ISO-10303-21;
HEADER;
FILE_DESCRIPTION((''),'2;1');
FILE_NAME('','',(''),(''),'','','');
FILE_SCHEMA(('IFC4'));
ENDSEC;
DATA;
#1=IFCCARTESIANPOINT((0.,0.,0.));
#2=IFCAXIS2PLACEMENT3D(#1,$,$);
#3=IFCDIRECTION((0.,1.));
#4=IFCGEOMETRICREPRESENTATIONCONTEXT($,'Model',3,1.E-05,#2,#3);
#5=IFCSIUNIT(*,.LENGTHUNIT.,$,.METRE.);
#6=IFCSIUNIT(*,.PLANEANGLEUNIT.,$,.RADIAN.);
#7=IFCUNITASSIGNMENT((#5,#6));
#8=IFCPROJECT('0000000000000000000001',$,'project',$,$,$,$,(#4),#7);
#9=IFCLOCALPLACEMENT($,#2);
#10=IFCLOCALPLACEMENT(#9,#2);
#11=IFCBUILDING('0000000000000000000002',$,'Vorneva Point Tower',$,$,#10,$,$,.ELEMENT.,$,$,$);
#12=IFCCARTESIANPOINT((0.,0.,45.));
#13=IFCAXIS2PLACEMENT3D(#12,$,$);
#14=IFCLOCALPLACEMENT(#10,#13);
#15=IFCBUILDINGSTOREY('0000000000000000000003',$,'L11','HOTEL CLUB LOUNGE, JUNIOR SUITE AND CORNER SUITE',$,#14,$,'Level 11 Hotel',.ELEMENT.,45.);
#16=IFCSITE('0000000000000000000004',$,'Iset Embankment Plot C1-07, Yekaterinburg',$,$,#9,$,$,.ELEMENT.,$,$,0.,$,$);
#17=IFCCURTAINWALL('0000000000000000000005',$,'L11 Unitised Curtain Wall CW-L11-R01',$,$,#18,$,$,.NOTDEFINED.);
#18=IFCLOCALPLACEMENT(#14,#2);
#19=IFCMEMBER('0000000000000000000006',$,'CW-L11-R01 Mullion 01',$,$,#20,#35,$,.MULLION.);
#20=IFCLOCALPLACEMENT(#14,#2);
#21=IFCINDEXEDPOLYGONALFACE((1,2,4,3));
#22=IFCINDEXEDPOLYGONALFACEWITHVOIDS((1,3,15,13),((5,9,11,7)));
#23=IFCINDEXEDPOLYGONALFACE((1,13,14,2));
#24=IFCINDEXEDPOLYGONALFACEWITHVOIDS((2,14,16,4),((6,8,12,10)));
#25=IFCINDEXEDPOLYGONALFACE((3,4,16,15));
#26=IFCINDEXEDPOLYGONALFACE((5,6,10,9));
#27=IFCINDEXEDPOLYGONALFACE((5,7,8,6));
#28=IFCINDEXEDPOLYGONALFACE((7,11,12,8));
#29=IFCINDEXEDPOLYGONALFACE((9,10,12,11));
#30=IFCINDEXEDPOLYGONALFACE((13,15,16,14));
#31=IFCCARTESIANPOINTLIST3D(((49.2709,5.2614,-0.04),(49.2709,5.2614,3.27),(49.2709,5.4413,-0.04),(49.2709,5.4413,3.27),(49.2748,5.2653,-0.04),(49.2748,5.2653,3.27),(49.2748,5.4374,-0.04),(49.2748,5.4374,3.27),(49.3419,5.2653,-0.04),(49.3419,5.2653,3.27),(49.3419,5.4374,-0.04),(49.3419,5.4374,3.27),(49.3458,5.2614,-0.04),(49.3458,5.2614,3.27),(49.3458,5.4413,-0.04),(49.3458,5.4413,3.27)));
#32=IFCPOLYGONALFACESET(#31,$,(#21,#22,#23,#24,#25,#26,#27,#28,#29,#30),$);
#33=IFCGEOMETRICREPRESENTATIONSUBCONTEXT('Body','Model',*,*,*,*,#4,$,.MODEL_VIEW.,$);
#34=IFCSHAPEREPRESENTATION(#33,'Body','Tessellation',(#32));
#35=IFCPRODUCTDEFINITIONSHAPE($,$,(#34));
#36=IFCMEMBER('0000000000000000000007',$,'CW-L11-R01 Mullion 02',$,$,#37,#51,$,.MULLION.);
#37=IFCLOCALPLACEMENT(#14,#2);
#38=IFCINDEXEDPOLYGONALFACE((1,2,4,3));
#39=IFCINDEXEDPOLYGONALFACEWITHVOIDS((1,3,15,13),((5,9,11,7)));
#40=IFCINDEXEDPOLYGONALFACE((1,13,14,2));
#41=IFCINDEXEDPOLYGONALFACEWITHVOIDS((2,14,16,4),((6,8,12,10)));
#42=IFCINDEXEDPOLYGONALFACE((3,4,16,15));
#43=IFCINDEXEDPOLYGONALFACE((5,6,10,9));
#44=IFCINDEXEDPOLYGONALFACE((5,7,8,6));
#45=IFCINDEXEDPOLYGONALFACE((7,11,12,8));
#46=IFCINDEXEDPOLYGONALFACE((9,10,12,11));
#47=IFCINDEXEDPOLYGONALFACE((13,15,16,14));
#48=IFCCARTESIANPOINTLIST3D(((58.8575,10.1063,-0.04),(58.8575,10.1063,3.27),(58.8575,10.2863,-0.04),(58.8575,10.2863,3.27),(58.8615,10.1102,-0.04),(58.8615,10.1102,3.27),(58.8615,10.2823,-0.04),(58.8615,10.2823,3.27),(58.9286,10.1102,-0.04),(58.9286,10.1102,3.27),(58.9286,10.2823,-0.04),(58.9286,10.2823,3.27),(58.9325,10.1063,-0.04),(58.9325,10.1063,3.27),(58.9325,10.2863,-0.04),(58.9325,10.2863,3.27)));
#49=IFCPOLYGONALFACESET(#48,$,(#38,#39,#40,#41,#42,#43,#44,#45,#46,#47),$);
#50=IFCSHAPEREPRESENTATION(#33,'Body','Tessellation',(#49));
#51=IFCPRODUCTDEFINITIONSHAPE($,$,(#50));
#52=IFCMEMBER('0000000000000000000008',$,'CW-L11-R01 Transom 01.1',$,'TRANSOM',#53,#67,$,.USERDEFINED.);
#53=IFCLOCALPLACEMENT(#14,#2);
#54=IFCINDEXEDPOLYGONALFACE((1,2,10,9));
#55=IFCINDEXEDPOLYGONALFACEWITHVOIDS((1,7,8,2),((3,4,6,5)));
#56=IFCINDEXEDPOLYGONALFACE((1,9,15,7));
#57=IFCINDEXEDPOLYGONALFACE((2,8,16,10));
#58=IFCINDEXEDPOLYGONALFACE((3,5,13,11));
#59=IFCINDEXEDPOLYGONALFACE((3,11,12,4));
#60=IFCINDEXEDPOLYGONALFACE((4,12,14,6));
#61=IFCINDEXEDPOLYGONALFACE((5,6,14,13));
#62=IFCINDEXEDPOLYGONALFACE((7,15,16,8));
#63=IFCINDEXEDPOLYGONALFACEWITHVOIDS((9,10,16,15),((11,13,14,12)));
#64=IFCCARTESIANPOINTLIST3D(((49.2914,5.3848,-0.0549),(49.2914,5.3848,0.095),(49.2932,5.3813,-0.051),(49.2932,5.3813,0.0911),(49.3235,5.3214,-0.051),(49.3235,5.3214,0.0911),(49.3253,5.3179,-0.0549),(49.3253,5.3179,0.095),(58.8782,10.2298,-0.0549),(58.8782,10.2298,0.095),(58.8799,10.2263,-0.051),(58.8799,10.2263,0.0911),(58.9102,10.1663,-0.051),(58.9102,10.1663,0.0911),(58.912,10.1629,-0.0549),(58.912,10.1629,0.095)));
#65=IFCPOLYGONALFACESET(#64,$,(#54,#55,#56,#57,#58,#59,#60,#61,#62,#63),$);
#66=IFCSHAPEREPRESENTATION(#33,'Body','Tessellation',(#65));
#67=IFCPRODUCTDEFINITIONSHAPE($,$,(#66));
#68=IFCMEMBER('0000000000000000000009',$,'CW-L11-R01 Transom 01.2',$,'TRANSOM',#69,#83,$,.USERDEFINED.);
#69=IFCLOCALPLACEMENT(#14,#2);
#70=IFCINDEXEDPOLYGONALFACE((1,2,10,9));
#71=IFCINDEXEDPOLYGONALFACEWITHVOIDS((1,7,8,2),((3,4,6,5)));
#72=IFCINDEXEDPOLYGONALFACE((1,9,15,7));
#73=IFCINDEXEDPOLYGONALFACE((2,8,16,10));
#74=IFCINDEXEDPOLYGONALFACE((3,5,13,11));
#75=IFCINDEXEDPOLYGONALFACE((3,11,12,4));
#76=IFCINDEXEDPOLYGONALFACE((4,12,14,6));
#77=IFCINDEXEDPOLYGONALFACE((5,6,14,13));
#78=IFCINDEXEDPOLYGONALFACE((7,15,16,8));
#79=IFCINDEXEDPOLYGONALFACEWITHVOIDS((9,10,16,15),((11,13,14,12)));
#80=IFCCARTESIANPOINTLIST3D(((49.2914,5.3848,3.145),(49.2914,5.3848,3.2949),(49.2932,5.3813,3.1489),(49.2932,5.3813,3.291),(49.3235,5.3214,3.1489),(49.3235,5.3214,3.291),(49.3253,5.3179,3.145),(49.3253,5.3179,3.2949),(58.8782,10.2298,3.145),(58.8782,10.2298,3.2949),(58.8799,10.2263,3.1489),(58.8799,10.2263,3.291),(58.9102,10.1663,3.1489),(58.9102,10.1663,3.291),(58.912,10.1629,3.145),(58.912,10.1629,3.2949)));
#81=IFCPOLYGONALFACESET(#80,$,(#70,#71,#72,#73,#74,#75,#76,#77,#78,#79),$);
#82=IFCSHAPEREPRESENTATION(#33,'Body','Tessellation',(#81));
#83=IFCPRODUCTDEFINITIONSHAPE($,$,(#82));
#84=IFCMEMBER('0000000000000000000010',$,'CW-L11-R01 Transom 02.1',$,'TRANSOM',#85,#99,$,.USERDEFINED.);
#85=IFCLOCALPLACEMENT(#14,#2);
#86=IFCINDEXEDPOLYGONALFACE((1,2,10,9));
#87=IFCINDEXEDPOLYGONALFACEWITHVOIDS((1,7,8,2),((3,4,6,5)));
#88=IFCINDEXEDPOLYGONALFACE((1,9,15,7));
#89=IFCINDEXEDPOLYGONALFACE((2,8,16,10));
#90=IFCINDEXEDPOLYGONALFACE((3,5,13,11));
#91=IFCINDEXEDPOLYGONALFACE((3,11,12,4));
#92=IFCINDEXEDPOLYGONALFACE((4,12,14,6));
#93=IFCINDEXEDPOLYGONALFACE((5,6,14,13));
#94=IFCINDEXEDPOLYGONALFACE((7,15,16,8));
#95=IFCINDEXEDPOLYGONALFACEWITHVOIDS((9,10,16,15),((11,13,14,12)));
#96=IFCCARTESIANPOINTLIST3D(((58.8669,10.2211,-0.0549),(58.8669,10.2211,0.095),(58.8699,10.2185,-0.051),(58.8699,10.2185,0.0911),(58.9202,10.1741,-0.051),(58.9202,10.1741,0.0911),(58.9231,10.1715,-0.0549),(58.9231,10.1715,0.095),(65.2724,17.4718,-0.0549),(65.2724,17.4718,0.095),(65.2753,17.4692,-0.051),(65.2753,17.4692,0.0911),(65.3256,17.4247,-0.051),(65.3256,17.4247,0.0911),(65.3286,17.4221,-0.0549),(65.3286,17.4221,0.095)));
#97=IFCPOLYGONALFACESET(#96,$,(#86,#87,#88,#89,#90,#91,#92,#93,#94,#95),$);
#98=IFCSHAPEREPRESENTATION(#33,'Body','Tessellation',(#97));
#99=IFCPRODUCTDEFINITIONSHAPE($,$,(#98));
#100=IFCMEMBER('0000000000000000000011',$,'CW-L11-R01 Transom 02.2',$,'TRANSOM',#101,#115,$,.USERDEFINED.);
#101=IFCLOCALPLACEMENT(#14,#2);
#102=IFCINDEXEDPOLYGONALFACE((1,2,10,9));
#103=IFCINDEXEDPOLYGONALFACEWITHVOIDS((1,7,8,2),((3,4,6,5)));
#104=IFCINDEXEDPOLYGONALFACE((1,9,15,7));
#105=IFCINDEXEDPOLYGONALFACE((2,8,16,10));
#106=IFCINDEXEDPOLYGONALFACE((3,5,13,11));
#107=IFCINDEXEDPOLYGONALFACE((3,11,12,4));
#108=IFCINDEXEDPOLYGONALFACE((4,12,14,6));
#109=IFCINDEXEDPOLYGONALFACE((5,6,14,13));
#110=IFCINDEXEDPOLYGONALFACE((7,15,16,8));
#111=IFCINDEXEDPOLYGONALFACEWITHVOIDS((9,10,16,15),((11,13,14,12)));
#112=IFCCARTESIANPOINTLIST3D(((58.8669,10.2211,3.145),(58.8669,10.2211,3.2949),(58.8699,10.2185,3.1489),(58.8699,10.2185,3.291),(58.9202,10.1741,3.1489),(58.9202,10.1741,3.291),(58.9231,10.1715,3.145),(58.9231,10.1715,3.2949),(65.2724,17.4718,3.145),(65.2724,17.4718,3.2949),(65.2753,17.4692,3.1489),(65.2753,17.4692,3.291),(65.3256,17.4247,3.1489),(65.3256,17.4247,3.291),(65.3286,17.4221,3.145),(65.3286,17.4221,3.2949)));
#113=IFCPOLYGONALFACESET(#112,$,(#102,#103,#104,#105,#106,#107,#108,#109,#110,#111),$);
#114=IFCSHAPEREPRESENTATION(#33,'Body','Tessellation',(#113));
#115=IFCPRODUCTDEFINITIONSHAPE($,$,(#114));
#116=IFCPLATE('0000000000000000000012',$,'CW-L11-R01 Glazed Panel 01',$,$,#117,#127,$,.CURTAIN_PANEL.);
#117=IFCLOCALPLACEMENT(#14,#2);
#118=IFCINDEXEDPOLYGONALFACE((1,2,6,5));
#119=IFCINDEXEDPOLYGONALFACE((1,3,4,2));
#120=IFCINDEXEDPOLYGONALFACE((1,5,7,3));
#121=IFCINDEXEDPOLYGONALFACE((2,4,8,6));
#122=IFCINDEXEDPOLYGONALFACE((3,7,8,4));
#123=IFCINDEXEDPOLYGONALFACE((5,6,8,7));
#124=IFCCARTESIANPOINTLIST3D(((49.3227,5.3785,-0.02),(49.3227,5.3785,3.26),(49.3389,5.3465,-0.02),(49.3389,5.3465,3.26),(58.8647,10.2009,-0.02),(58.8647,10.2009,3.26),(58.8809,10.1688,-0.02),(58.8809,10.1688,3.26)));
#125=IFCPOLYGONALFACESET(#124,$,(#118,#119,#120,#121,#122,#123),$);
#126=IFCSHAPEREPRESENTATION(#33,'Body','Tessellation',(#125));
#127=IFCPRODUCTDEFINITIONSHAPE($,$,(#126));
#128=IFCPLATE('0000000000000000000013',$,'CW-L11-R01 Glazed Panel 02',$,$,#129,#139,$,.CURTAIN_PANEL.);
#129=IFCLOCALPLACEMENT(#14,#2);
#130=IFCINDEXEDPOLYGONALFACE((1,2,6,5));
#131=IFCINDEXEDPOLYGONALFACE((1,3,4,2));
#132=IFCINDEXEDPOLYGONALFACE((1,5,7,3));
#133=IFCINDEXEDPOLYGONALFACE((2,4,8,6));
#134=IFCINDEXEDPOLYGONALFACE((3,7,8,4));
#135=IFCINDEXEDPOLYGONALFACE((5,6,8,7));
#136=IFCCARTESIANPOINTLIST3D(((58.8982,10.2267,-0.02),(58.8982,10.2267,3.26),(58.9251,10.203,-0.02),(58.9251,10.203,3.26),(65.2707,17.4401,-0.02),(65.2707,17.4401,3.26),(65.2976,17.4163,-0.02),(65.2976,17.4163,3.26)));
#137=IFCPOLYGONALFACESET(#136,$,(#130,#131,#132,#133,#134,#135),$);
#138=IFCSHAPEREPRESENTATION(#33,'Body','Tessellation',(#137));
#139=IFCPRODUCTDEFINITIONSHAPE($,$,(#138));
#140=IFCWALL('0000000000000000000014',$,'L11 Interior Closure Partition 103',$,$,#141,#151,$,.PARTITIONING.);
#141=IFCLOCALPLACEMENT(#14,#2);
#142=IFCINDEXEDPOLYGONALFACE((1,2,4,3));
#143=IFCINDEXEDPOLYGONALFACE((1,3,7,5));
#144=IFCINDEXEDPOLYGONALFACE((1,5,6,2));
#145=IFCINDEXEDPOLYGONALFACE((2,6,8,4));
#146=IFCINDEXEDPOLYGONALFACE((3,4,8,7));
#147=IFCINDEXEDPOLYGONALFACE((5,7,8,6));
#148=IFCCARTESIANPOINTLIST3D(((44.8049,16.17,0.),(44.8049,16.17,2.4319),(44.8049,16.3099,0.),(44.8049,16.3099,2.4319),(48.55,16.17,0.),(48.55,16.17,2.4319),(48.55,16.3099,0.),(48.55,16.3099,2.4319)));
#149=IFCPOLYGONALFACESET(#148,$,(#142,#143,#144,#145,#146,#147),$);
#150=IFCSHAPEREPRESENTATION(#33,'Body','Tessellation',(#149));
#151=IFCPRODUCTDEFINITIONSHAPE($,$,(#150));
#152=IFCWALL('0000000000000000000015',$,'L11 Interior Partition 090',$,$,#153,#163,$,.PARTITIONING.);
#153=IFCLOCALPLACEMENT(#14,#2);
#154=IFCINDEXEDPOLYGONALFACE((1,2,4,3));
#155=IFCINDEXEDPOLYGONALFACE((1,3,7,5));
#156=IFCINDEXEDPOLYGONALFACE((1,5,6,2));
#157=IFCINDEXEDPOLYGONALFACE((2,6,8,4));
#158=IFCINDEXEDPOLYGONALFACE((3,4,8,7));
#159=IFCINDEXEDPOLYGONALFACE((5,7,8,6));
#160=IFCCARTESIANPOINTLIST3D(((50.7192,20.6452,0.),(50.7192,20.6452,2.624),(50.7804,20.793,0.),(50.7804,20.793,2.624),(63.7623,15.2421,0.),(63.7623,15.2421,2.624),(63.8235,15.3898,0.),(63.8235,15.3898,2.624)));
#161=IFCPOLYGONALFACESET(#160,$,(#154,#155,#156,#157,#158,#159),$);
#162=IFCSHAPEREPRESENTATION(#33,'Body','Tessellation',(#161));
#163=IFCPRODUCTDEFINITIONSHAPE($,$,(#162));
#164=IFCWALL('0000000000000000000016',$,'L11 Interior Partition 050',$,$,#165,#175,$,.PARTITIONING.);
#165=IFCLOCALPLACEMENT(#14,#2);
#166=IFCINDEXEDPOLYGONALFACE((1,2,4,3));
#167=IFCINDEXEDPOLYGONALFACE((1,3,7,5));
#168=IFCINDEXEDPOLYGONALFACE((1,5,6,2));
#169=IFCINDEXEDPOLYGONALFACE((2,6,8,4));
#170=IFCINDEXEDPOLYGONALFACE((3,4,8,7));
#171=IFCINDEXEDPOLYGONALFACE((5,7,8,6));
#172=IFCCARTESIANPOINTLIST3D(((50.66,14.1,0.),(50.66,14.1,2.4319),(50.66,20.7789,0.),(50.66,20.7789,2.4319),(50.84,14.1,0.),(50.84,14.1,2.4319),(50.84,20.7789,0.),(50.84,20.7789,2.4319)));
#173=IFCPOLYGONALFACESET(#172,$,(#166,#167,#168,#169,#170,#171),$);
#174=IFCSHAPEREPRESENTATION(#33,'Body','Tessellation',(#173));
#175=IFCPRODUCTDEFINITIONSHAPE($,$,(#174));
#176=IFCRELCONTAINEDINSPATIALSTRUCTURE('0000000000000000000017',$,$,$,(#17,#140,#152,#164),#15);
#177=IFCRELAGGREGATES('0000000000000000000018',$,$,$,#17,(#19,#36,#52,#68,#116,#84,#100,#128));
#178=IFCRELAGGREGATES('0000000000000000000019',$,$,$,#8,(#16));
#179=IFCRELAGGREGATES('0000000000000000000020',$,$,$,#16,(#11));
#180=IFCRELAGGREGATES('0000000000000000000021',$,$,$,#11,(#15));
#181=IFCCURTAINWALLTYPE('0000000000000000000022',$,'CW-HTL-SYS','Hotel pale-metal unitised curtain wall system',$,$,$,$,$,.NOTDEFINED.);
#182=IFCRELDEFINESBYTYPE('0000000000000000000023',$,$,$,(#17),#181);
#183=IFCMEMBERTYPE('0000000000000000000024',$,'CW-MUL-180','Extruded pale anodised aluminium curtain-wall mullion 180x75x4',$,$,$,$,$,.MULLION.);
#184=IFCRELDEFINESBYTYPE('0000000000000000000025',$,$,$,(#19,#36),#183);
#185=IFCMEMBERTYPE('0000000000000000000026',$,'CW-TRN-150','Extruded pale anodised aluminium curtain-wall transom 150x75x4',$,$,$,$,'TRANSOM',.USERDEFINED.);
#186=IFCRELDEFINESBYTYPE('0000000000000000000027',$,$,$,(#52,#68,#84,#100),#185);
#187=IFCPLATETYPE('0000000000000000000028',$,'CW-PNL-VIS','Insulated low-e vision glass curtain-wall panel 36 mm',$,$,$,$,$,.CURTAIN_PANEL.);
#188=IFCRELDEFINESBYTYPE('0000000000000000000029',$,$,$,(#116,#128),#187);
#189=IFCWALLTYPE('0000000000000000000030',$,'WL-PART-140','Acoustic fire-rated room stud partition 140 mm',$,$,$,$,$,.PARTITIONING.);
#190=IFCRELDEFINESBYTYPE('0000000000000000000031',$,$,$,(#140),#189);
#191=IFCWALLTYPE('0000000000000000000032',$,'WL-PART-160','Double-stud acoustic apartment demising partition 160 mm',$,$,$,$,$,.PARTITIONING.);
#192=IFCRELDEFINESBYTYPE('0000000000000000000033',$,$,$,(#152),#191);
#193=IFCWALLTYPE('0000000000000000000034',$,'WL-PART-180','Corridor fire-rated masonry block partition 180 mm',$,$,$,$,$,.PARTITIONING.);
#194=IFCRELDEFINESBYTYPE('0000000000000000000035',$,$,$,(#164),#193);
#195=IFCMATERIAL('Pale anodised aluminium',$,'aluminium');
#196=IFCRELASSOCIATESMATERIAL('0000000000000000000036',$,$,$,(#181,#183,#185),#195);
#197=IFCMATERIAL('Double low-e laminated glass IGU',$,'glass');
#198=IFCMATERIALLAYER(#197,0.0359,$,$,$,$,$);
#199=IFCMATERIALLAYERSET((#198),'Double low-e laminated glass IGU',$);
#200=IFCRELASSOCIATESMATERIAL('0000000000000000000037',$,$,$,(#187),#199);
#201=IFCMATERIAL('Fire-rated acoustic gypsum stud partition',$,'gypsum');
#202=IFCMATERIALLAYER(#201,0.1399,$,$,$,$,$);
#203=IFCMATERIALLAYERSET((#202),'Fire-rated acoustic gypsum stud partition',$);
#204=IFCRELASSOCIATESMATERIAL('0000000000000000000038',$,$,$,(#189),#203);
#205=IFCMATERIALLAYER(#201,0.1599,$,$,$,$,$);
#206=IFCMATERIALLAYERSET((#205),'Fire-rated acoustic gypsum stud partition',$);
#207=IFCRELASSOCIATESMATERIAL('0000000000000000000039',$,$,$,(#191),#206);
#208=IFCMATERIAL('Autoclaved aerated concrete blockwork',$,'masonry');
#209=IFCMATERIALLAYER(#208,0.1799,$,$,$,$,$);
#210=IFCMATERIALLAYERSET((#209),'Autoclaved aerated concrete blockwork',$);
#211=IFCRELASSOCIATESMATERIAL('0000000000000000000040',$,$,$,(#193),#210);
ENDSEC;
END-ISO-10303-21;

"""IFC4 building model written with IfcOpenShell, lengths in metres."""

from ifc_helpers import new_model, si_unit, direction, frame, frame_2d, origin, origin_2d, place, context, subcontext, project, spatial, rectangle, hollow_rectangle, extrude, material, layer, layer_set, material_profile, profile_set, type_object, element, aggregate, save


model = new_model("IFC4")

# Units and contexts
model_context = context("Model", 3, precision=1e-05, world=origin(), true_north=direction((0.0, 1.0)))
body_context = subcontext(model_context, "Body", "Model", "MODEL_VIEW")
ifc_project = project(units=[si_unit("LENGTHUNIT", "METRE"), si_unit("PLANEANGLEUNIT", "RADIAN")], contexts=[model_context])

# Site, building, storey
site_placement = place(None, origin())
site = spatial("IfcSite", under=ifc_project, at=site_placement, Name="Iset Embankment Plot C1-07, Yekaterinburg", CompositionType="ELEMENT", RefElevation=0.0)
building_placement = place(site_placement, origin())
building = spatial("IfcBuilding", under=site, at=building_placement, Name="Vorneva Point Tower", CompositionType="ELEMENT")
storey_placement = place(building_placement, frame((0.0, 0.0, 45.0)))
storey = spatial("IfcBuildingStorey", under=building, at=storey_placement, Name="L11", Description="HOTEL CLUB LOUNGE, JUNIOR SUITE AND CORNER SUITE", LongName="Level 11 Hotel", CompositionType="ELEMENT", Elevation=45.0)

# Curtain wall, members, plates
ifc_material_1 = material(Name="Pale anodised aluminium", Category="aluminium")
curtain_wall_type = type_object("IfcCurtainWallType", Name="CW-HTL-SYS", Description="Hotel pale-metal unitised curtain wall system", PredefinedType="NOTDEFINED", material=ifc_material_1)
curtain_wall_placement = place(storey_placement, origin())
curtain_wall = element("IfcCurtainWall", 1, at=curtain_wall_placement, inside=storey, type_object=curtain_wall_type, Name="L11 Unitised Curtain Wall CW-L11-R01", PredefinedType="NOTDEFINED")
ifc_material_profile_1 = material_profile(ifc_material_1, hollow_rectangle(XDim=0.075, YDim=0.1799, WallThickness=0.0039, at=origin_2d()), Name="AL-MUL 180x75x4")
ifc_profile_set_1 = profile_set([ifc_material_profile_1], Name="Pale anodised aluminium")
member_type_1 = type_object("IfcMemberType", Name="CW-MUL-180", Description="Extruded pale anodised aluminium curtain-wall mullion 180x75x4", PredefinedType="MULLION", material=ifc_profile_set_1)
member_1_placement = place(storey_placement, frame((49.3083, 5.3513, -0.04), z_axis=(0.0, 0.0, 1.0), x_axis=(1.0, 0.0, 0.0)))
member_1 = element("IfcMember", 2, at=member_1_placement, type_object=member_type_1, Name="CW-L11-R01 Mullion 01", PredefinedType="MULLION", context=body_context, shape_type="SweptSolid", body=[
    extrude(hollow_rectangle(XDim=0.075, YDim=0.1799, WallThickness=0.0039, at=origin_2d()), origin(), (0.0, 0.0, 1.0), 3.3101),
])
member_2_placement = place(storey_placement, frame((58.895, 10.1963, -0.04), z_axis=(0.0, 0.0, 1.0), x_axis=(1.0, 0.0, 0.0)))
member_2 = element("IfcMember", 3, at=member_2_placement, type_object=member_type_1, Name="CW-L11-R01 Mullion 02", PredefinedType="MULLION", context=body_context, shape_type="SweptSolid", body=[
    extrude(hollow_rectangle(XDim=0.075, YDim=0.1799, WallThickness=0.0039, at=origin_2d()), origin(), (0.0, 0.0, 1.0), 3.3101),
])
ifc_material_profile_2 = material_profile(ifc_material_1, hollow_rectangle(XDim=0.075, YDim=0.1499, WallThickness=0.0039, at=origin_2d()), Name="AL-TRN 150x75x4")
ifc_profile_set_2 = profile_set([ifc_material_profile_2], Name="Pale anodised aluminium")
member_type_2 = type_object("IfcMemberType", Name="CW-TRN-150", Description="Extruded pale anodised aluminium curtain-wall transom 150x75x4", ElementType="TRANSOM", PredefinedType="USERDEFINED", material=ifc_profile_set_2)
member_3_placement = place(storey_placement, frame((49.3083, 5.3513, 0.02), z_axis=(0.892496, 0.451055, 0.0), x_axis=(-0.451055, 0.892496, 0.0)))
member_3 = element("IfcMember", 4, at=member_3_placement, type_object=member_type_2, Name="CW-L11-R01 Transom 01.1", ObjectType="TRANSOM", PredefinedType="USERDEFINED", context=body_context, shape_type="SweptSolid", body=[
    extrude(hollow_rectangle(XDim=0.075, YDim=0.1499, WallThickness=0.0039, at=origin_2d()), origin(), (0.0, 0.0, 1.0), 10.7415),
])
member_4_placement = place(storey_placement, frame((49.3083, 5.3513, 3.22), z_axis=(0.892496, 0.451055, 0.0), x_axis=(-0.451055, 0.892496, 0.0)))
member_4 = element("IfcMember", 5, at=member_4_placement, type_object=member_type_2, Name="CW-L11-R01 Transom 01.2", ObjectType="TRANSOM", PredefinedType="USERDEFINED", context=body_context, shape_type="SweptSolid", body=[
    extrude(hollow_rectangle(XDim=0.075, YDim=0.1499, WallThickness=0.0039, at=origin_2d()), origin(), (0.0, 0.0, 1.0), 10.7415),
])
member_5_placement = place(storey_placement, frame((58.895, 10.1963, 0.02), z_axis=(0.662076, 0.749437, 0.0), x_axis=(-0.749437, 0.662076, 0.0)))
member_5 = element("IfcMember", 6, at=member_5_placement, type_object=member_type_2, Name="CW-L11-R01 Transom 02.1", ObjectType="TRANSOM", PredefinedType="USERDEFINED", context=body_context, shape_type="SweptSolid", body=[
    extrude(hollow_rectangle(XDim=0.075, YDim=0.1499, WallThickness=0.0039, at=origin_2d()), origin(), (0.0, 0.0, 1.0), 9.6748),
])
member_6_placement = place(storey_placement, frame((58.895, 10.1963, 3.22), z_axis=(0.662076, 0.749437, 0.0), x_axis=(-0.749437, 0.662076, 0.0)))
member_6 = element("IfcMember", 7, at=member_6_placement, type_object=member_type_2, Name="CW-L11-R01 Transom 02.2", ObjectType="TRANSOM", PredefinedType="USERDEFINED", context=body_context, shape_type="SweptSolid", body=[
    extrude(hollow_rectangle(XDim=0.075, YDim=0.1499, WallThickness=0.0039, at=origin_2d()), origin(), (0.0, 0.0, 1.0), 9.6748),
])
ifc_material_2 = material(Name="Double low-e laminated glass IGU", Category="glass")
ifc_layer_1 = layer(ifc_material_2, 0.0359)
ifc_layer_set_1 = layer_set([ifc_layer_1], Name="Double low-e laminated glass IGU")
plate_type = type_object("IfcPlateType", Name="CW-PNL-VIS", Description="Insulated low-e vision glass curtain-wall panel 36 mm", PredefinedType="CURTAIN_PANEL", material=ifc_layer_set_1)
plate_1_placement = place(storey_placement, frame((54.1018, 7.7737, -0.02), z_axis=(0.0, 0.0, 1.0), x_axis=(0.892499, 0.451049, 0.0)))
plate_1 = element("IfcPlate", 8, at=plate_1_placement, type_object=plate_type, Name="CW-L11-R01 Glazed Panel 01", PredefinedType="CURTAIN_PANEL", context=body_context, shape_type="SweptSolid", body=[
    extrude(rectangle(XDim=10.6914, YDim=0.0359, at=origin_2d()), origin(), (0.0, 0.0, 1.0), 3.28),
])
plate_2_placement = place(storey_placement, frame((62.0979, 13.8215, -0.02), z_axis=(0.0, 0.0, 1.0), x_axis=(0.662071, 0.749441, 0.0)))
plate_2 = element("IfcPlate", 9, at=plate_2_placement, type_object=plate_type, Name="CW-L11-R01 Glazed Panel 02", PredefinedType="CURTAIN_PANEL", context=body_context, shape_type="SweptSolid", body=[
    extrude(rectangle(XDim=9.625, YDim=0.0359, at=origin_2d()), origin(), (0.0, 0.0, 1.0), 3.28),
])
aggregate(curtain_wall, [member_1, member_2, member_3, member_4, plate_1, member_5, member_6, plate_2])

# Walls
ifc_material_3 = material(Name="Fire-rated acoustic gypsum stud partition", Category="gypsum")
ifc_layer_2 = layer(ifc_material_3, 0.1399)
ifc_layer_set_2 = layer_set([ifc_layer_2], Name="Fire-rated acoustic gypsum stud partition")
wall_type_1 = type_object("IfcWallType", Name="WL-PART-140", Description="Acoustic fire-rated room stud partition 140 mm", PredefinedType="PARTITIONING", material=ifc_layer_set_2)
wall_1_placement = place(storey_placement, frame((48.55, 16.24, 0.0), z_axis=(0.0, 0.0, 1.0), x_axis=(-1.0, 0.0, 0.0)))
element("IfcWall", 10, at=wall_1_placement, inside=storey, type_object=wall_type_1, Name="L11 Interior Closure Partition 103", PredefinedType="PARTITIONING", context=body_context, shape_type="SweptSolid", body=[
    extrude(rectangle(XDim=3.7451, YDim=0.1399, at=frame_2d((1.8726, 0.0))), origin(), (0.0, 0.0, 1.0), 2.4319),
])
ifc_layer_3 = layer(ifc_material_3, 0.1599)
ifc_layer_set_3 = layer_set([ifc_layer_3], Name="Fire-rated acoustic gypsum stud partition")
wall_type_2 = type_object("IfcWallType", Name="WL-PART-160", Description="Double-stud acoustic apartment demising partition 160 mm", PredefinedType="PARTITIONING", material=ifc_layer_set_3)
wall_2_placement = place(storey_placement, frame((63.793, 15.3159, 0.0), z_axis=(0.0, 0.0, 1.0), x_axis=(-0.923867, 0.382714, 0.0)))
element("IfcWall", 11, at=wall_2_placement, inside=storey, type_object=wall_type_2, Name="L11 Interior Partition 090", PredefinedType="PARTITIONING", context=body_context, shape_type="SweptSolid", body=[
    extrude(rectangle(XDim=14.1179, YDim=0.1599, at=frame_2d((7.0591, 0.0))), origin(), (0.0, 0.0, 1.0), 2.624),
])
ifc_material_4 = material(Name="Autoclaved aerated concrete blockwork", Category="masonry")
ifc_layer_4 = layer(ifc_material_4, 0.1799)
ifc_layer_set_4 = layer_set([ifc_layer_4], Name="Autoclaved aerated concrete blockwork")
wall_type_3 = type_object("IfcWallType", Name="WL-PART-180", Description="Corridor fire-rated masonry block partition 180 mm", PredefinedType="PARTITIONING", material=ifc_layer_set_4)
wall_3_placement = place(storey_placement, frame((50.75, 14.1001, 0.0), z_axis=(0.0, 0.0, 1.0), x_axis=(0.0, 1.0, 0.0)))
element("IfcWall", 12, at=wall_3_placement, inside=storey, type_object=wall_type_3, Name="L11 Interior Partition 050", PredefinedType="PARTITIONING", context=body_context, shape_type="SweptSolid", body=[
    extrude(rectangle(XDim=6.679, YDim=0.1799, at=frame_2d((3.3394, 0.0))), origin(), (0.0, 0.0, 1.0), 2.4319),
])

save(model, "model.ifc")
